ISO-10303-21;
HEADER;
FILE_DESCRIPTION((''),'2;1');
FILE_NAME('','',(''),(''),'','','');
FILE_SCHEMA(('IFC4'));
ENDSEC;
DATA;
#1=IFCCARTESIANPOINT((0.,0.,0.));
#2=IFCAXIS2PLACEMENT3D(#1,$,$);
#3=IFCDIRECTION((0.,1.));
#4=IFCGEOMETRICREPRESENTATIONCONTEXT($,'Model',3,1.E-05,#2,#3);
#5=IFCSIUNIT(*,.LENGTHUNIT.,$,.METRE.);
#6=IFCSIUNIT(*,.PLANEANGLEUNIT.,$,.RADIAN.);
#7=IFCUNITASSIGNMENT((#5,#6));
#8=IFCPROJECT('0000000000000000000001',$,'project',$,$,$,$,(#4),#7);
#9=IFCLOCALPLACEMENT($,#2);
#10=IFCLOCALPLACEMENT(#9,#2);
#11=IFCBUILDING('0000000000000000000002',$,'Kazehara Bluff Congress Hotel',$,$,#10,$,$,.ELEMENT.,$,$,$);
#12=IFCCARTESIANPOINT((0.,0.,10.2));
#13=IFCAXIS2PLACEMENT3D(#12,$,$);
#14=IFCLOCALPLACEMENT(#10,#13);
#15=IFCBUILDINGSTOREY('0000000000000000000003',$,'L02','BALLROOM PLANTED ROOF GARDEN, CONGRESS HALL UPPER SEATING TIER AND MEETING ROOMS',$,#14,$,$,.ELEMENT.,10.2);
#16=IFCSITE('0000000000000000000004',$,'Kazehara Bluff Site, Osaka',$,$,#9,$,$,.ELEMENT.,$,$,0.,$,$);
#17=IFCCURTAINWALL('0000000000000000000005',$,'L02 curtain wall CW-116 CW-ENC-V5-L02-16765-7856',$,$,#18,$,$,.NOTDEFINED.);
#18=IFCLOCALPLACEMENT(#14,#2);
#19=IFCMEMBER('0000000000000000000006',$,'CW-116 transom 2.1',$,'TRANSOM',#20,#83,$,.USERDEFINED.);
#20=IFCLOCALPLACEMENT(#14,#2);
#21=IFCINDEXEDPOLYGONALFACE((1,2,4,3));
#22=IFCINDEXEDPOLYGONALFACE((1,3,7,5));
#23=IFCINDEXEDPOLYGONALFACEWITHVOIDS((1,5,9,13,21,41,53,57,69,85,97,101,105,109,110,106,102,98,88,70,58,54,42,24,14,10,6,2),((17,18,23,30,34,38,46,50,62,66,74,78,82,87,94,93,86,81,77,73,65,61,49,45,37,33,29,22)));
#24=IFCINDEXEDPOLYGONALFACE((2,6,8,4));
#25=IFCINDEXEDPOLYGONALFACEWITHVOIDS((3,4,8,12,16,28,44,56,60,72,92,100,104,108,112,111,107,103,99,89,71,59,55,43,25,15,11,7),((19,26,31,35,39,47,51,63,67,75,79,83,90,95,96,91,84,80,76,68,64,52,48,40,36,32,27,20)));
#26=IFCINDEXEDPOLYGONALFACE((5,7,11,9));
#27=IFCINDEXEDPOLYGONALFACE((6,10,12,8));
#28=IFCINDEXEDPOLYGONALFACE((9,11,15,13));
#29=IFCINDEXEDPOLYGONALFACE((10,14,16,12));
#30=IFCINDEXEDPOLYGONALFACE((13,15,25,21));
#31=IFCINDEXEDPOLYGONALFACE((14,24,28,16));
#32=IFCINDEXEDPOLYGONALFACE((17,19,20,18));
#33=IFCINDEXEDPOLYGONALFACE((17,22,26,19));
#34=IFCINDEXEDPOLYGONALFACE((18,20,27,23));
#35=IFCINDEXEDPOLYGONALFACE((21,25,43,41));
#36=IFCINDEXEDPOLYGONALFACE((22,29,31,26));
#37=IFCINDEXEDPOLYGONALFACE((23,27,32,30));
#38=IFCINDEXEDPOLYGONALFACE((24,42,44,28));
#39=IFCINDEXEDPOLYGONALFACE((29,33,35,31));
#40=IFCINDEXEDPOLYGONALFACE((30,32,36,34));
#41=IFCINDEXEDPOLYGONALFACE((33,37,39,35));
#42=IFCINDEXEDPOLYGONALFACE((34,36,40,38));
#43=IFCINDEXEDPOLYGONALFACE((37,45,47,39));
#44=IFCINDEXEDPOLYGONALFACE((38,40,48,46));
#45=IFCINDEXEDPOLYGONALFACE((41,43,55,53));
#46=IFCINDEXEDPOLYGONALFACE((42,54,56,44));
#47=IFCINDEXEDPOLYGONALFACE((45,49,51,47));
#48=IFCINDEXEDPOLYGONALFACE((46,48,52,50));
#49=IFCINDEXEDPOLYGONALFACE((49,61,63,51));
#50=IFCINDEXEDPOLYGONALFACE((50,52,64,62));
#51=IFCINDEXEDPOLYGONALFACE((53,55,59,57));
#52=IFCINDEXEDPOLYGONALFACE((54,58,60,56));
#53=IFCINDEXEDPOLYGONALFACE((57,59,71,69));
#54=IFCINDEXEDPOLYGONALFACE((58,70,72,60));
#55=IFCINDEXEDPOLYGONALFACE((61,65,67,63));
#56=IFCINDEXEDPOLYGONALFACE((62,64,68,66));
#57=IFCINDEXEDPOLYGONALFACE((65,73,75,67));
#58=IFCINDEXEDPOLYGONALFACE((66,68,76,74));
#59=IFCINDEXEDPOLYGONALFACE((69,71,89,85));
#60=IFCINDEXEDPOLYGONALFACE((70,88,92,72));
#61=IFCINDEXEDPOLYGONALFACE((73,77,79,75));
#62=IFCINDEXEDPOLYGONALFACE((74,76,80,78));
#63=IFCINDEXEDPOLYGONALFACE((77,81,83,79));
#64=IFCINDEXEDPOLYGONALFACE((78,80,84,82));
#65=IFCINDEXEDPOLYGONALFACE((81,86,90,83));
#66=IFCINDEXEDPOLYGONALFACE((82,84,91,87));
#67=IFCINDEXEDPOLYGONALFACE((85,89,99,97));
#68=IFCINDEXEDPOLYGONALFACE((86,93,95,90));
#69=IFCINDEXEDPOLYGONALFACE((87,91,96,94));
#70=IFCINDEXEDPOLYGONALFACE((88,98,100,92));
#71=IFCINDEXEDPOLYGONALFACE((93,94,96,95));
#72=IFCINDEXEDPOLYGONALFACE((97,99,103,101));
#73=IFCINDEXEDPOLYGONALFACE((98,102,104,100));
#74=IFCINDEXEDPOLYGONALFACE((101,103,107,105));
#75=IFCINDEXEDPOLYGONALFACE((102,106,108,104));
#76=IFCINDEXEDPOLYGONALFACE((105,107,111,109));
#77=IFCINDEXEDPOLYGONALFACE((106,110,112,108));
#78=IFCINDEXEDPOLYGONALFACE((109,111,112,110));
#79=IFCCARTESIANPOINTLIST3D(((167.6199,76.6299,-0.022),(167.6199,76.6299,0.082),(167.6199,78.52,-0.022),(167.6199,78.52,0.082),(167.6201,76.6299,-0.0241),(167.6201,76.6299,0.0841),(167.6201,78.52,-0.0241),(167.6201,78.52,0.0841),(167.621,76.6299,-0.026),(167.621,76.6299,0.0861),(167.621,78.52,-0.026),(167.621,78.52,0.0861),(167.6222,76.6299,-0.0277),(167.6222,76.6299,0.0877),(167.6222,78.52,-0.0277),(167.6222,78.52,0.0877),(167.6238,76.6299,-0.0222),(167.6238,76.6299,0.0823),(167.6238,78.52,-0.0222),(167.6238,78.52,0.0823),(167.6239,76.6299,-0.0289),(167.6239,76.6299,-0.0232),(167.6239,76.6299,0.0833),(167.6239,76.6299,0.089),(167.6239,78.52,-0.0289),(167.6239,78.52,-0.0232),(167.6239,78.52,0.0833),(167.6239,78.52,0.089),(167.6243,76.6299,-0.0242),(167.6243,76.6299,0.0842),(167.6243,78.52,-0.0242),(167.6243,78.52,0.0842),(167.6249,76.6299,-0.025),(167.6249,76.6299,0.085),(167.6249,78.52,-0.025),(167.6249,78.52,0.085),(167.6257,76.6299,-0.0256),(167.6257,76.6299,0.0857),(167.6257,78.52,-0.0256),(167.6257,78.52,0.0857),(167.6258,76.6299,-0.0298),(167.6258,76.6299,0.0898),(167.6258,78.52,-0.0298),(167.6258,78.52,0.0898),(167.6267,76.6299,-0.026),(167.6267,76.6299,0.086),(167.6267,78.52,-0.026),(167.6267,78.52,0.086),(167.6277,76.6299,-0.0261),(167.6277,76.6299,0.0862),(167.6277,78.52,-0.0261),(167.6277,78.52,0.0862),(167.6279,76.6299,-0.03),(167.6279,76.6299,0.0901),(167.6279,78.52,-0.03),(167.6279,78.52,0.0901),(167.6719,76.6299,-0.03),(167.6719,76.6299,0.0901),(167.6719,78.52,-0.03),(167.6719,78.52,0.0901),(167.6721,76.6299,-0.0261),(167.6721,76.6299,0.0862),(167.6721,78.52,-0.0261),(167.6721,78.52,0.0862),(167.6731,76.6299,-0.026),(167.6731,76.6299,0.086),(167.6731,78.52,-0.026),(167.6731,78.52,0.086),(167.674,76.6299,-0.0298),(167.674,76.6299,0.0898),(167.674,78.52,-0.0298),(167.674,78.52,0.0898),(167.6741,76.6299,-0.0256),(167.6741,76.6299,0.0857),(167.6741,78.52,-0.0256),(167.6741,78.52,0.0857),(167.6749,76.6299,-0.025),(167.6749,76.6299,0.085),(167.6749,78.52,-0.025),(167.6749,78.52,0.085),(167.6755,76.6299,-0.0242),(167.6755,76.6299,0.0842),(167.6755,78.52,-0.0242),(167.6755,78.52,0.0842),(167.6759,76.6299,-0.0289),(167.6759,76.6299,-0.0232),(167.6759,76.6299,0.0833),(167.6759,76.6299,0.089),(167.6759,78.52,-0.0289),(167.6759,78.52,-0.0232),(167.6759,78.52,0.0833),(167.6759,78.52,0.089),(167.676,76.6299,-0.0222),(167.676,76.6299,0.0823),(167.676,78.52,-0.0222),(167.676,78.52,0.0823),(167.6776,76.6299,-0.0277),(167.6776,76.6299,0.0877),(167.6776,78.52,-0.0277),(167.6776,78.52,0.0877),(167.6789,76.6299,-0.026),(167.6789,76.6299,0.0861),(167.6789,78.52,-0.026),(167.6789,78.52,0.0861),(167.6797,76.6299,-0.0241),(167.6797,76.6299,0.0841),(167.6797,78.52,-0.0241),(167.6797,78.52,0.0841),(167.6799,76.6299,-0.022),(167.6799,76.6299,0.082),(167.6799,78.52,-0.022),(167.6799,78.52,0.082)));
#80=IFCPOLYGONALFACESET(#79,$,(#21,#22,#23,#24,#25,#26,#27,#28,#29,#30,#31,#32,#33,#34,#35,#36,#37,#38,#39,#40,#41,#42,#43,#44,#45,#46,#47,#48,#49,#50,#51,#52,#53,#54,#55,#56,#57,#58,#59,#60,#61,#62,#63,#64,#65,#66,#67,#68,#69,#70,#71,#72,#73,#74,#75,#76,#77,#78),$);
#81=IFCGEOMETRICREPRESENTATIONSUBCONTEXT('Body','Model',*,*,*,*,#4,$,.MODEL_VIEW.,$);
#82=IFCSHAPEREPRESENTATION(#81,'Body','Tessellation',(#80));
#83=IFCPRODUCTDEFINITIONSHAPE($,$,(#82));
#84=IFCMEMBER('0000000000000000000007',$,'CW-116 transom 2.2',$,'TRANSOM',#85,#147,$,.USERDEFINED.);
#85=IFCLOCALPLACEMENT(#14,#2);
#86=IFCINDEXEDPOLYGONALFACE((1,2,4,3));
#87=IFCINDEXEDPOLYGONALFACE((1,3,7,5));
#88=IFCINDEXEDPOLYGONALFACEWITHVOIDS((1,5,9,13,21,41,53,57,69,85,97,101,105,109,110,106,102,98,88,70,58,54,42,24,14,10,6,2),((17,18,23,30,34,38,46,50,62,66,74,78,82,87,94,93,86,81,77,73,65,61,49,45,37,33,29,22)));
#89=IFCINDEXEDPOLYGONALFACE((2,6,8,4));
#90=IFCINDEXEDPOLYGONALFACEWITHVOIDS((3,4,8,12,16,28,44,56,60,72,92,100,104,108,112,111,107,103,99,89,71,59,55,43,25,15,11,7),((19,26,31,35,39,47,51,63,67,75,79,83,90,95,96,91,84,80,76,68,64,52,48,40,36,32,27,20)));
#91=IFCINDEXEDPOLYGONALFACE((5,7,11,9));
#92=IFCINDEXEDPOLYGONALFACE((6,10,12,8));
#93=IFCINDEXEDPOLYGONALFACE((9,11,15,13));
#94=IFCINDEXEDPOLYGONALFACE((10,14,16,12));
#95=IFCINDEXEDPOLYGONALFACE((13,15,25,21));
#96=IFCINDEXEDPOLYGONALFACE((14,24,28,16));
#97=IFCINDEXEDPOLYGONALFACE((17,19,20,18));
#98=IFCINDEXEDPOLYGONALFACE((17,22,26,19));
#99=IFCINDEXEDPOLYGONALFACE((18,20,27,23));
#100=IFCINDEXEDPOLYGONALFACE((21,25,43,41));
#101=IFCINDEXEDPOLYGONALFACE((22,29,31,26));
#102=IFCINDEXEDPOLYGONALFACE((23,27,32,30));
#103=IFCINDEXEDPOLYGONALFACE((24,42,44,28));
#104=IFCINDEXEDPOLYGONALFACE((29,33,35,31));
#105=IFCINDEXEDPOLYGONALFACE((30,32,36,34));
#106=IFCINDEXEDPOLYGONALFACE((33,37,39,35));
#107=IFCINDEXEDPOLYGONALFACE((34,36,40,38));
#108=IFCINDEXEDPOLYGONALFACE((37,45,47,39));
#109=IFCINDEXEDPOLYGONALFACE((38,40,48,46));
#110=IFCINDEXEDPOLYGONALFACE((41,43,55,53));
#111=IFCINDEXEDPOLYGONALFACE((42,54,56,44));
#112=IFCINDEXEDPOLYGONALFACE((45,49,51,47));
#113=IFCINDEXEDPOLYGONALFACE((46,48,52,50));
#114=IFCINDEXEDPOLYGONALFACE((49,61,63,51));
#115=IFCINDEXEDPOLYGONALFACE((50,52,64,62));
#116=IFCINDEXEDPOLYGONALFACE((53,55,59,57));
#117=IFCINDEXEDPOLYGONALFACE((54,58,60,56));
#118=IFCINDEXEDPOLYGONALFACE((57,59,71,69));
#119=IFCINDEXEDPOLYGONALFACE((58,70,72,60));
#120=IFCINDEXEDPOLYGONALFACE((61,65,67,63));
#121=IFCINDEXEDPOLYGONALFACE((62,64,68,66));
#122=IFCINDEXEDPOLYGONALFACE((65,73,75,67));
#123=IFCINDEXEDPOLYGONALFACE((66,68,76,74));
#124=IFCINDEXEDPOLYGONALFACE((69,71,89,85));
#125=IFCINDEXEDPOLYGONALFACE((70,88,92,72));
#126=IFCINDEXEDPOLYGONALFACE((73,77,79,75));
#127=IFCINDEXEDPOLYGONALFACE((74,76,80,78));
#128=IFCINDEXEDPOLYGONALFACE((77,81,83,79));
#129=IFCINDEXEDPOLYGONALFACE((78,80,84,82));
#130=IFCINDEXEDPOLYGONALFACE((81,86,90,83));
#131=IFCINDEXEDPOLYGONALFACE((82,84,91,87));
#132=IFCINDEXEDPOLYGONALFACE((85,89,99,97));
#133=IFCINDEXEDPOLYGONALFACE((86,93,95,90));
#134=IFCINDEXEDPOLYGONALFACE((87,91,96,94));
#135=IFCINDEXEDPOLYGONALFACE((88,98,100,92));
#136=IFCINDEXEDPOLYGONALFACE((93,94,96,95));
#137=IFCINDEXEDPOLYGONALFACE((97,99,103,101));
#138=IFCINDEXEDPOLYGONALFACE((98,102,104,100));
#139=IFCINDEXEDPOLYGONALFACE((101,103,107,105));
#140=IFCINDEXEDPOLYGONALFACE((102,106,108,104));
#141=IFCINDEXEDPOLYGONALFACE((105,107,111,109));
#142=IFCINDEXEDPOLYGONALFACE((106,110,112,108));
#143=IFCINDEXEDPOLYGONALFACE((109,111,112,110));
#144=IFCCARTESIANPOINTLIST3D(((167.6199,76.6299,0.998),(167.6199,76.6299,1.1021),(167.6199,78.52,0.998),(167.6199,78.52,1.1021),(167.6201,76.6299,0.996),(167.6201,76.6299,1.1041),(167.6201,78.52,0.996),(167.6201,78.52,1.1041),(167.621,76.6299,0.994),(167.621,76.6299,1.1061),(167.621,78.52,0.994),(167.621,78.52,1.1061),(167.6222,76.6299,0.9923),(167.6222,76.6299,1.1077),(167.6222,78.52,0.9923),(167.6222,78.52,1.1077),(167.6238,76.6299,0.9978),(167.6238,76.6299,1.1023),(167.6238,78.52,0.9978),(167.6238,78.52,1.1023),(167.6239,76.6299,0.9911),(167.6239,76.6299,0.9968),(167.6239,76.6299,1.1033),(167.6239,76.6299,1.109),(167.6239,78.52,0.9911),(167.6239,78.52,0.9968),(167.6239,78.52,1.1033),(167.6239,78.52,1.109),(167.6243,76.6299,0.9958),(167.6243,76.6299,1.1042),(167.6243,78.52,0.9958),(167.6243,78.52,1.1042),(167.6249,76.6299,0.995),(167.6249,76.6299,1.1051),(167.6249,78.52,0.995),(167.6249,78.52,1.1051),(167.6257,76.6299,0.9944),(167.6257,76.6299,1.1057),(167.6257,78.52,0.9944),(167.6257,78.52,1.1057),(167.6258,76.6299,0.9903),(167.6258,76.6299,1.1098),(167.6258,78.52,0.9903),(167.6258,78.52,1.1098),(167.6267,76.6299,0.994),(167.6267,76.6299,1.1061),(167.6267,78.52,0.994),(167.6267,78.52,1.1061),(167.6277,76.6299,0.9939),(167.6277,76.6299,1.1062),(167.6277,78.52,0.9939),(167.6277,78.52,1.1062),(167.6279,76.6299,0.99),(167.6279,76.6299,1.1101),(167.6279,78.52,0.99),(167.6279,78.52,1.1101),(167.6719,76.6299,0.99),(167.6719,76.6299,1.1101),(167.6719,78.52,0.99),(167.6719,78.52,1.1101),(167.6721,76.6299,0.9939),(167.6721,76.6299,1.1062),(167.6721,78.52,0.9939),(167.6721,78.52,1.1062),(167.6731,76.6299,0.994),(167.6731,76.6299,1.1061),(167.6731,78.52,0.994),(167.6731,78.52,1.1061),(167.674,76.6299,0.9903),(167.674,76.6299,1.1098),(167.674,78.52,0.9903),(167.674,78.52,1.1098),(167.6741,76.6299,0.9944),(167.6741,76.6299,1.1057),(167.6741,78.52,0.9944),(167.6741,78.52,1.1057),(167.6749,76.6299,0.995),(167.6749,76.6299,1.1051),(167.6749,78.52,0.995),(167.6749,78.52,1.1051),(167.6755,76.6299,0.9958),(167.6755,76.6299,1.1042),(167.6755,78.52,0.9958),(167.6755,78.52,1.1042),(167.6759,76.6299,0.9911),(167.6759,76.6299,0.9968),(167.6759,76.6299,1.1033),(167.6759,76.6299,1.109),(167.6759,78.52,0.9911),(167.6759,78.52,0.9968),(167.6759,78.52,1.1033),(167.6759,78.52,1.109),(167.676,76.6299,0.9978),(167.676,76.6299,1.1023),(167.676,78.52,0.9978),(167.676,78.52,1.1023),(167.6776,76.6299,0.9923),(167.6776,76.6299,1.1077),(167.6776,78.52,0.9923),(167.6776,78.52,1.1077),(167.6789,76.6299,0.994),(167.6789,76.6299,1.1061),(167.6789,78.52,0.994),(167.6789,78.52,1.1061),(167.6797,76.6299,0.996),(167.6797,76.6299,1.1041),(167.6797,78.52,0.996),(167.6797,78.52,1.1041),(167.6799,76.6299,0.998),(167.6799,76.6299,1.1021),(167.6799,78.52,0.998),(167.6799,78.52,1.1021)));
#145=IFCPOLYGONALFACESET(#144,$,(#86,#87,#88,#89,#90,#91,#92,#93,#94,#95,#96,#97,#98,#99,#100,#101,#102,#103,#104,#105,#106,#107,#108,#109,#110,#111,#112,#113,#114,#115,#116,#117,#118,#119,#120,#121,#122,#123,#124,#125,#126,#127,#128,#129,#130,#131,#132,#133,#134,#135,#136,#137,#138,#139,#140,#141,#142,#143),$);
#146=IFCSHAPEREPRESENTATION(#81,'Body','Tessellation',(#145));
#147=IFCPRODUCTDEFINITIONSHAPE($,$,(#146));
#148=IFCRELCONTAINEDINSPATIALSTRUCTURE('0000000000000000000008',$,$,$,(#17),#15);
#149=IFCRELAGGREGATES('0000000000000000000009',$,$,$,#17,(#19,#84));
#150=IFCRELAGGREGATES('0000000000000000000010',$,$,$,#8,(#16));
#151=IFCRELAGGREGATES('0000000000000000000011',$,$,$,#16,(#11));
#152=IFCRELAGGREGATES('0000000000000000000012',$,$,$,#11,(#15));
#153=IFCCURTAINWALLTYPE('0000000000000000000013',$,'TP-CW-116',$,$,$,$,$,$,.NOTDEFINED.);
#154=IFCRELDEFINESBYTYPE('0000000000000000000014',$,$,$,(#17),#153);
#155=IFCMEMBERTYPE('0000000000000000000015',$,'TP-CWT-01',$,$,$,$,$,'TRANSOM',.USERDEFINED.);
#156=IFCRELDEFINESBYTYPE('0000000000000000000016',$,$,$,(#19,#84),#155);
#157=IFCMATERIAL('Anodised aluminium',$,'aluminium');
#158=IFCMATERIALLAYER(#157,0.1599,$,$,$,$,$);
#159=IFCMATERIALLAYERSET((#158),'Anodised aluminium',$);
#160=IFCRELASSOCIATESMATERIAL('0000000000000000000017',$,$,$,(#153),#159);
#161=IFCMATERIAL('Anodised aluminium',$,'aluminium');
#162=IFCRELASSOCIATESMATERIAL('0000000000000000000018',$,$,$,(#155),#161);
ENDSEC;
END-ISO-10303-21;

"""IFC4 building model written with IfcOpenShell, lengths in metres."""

from ifc_helpers import new_model, si_unit, direction, frame, origin, origin_2d, place, context, subcontext, project, spatial, hollow_rectangle, extrude, material, layer, layer_set, material_profile, profile_set, type_object, element, aggregate, save


model = new_model("IFC4")

# Units and contexts
model_context = context("Model", 3, precision=1e-05, world=origin(), true_north=direction((0.0, 1.0)))
body_context = subcontext(model_context, "Body", "Model", "MODEL_VIEW")
ifc_project = project(units=[si_unit("LENGTHUNIT", "METRE"), si_unit("PLANEANGLEUNIT", "RADIAN")], contexts=[model_context])

# Site, building, storey
site_placement = place(None, origin())
site = spatial("IfcSite", under=ifc_project, at=site_placement, Name="Kazehara Bluff Site, Osaka", CompositionType="ELEMENT", RefElevation=0.0)
building_placement = place(site_placement, origin())
building = spatial("IfcBuilding", under=site, at=building_placement, Name="Kazehara Bluff Congress Hotel", CompositionType="ELEMENT")
storey_placement = place(building_placement, frame((0.0, 0.0, 10.2)))
storey = spatial("IfcBuildingStorey", under=building, at=storey_placement, Name="L02", Description="BALLROOM PLANTED ROOF GARDEN, CONGRESS HALL UPPER SEATING TIER AND MEETING ROOMS", CompositionType="ELEMENT", Elevation=10.2)

# Curtain wall, members
ifc_material_1 = material(Name="Anodised aluminium", Category="aluminium")
ifc_layer_1 = layer(ifc_material_1, 0.1599)
ifc_layer_set_1 = layer_set([ifc_layer_1], Name="Anodised aluminium")
curtain_wall_type = type_object("IfcCurtainWallType", Name="TP-CW-116", PredefinedType="NOTDEFINED", material=ifc_layer_set_1)
curtain_wall_placement = place(storey_placement, origin())
curtain_wall = element("IfcCurtainWall", 1, at=curtain_wall_placement, inside=storey, type_object=curtain_wall_type, Name="L02 curtain wall CW-116 CW-ENC-V5-L02-16765-7856", PredefinedType="NOTDEFINED")
ifc_material_2 = material(Name="Anodised aluminium", Category="aluminium")
ifc_material_profile_1 = material_profile(ifc_material_2, hollow_rectangle(XDim=0.0601, YDim=0.1201, WallThickness=0.0039, InnerFilletRadius=0.0039, OuterFilletRadius=0.0081, at=origin_2d()))
ifc_profile_set_1 = profile_set([ifc_material_profile_1], Name="Anodised aluminium")
member_type_1 = type_object("IfcMemberType", Name="TP-CWT-01", ElementType="TRANSOM", PredefinedType="USERDEFINED", material=ifc_profile_set_1)
member_1_placement = place(storey_placement, frame((167.6499, 78.52, 0.03), z_axis=(0.0, -1.0, 0.0), x_axis=(1.0, 0.0, 0.0)))
member_1 = element("IfcMember", 2, at=member_1_placement, type_object=member_type_1, Name="CW-116 transom 2.1", ObjectType="TRANSOM", PredefinedType="USERDEFINED", context=body_context, shape_type="SweptSolid", body=[
    extrude(hollow_rectangle(XDim=0.0601, YDim=0.1201, WallThickness=0.0039, InnerFilletRadius=0.0039, OuterFilletRadius=0.0081, at=origin_2d()), origin(), (0.0, 0.0, 1.0), 1.8901),
])
member_2_placement = place(storey_placement, frame((167.6499, 78.52, 1.05), z_axis=(0.0, -1.0, 0.0), x_axis=(1.0, 0.0, 0.0)))
member_2 = element("IfcMember", 3, at=member_2_placement, type_object=member_type_1, Name="CW-116 transom 2.2", ObjectType="TRANSOM", PredefinedType="USERDEFINED", context=body_context, shape_type="SweptSolid", body=[
    extrude(hollow_rectangle(XDim=0.0601, YDim=0.1201, WallThickness=0.0039, InnerFilletRadius=0.0039, OuterFilletRadius=0.0081, at=origin_2d()), origin(), (0.0, 0.0, 1.0), 1.8901),
])

aggregate(curtain_wall, [member_1, member_2])

save(model, "model.ifc")
